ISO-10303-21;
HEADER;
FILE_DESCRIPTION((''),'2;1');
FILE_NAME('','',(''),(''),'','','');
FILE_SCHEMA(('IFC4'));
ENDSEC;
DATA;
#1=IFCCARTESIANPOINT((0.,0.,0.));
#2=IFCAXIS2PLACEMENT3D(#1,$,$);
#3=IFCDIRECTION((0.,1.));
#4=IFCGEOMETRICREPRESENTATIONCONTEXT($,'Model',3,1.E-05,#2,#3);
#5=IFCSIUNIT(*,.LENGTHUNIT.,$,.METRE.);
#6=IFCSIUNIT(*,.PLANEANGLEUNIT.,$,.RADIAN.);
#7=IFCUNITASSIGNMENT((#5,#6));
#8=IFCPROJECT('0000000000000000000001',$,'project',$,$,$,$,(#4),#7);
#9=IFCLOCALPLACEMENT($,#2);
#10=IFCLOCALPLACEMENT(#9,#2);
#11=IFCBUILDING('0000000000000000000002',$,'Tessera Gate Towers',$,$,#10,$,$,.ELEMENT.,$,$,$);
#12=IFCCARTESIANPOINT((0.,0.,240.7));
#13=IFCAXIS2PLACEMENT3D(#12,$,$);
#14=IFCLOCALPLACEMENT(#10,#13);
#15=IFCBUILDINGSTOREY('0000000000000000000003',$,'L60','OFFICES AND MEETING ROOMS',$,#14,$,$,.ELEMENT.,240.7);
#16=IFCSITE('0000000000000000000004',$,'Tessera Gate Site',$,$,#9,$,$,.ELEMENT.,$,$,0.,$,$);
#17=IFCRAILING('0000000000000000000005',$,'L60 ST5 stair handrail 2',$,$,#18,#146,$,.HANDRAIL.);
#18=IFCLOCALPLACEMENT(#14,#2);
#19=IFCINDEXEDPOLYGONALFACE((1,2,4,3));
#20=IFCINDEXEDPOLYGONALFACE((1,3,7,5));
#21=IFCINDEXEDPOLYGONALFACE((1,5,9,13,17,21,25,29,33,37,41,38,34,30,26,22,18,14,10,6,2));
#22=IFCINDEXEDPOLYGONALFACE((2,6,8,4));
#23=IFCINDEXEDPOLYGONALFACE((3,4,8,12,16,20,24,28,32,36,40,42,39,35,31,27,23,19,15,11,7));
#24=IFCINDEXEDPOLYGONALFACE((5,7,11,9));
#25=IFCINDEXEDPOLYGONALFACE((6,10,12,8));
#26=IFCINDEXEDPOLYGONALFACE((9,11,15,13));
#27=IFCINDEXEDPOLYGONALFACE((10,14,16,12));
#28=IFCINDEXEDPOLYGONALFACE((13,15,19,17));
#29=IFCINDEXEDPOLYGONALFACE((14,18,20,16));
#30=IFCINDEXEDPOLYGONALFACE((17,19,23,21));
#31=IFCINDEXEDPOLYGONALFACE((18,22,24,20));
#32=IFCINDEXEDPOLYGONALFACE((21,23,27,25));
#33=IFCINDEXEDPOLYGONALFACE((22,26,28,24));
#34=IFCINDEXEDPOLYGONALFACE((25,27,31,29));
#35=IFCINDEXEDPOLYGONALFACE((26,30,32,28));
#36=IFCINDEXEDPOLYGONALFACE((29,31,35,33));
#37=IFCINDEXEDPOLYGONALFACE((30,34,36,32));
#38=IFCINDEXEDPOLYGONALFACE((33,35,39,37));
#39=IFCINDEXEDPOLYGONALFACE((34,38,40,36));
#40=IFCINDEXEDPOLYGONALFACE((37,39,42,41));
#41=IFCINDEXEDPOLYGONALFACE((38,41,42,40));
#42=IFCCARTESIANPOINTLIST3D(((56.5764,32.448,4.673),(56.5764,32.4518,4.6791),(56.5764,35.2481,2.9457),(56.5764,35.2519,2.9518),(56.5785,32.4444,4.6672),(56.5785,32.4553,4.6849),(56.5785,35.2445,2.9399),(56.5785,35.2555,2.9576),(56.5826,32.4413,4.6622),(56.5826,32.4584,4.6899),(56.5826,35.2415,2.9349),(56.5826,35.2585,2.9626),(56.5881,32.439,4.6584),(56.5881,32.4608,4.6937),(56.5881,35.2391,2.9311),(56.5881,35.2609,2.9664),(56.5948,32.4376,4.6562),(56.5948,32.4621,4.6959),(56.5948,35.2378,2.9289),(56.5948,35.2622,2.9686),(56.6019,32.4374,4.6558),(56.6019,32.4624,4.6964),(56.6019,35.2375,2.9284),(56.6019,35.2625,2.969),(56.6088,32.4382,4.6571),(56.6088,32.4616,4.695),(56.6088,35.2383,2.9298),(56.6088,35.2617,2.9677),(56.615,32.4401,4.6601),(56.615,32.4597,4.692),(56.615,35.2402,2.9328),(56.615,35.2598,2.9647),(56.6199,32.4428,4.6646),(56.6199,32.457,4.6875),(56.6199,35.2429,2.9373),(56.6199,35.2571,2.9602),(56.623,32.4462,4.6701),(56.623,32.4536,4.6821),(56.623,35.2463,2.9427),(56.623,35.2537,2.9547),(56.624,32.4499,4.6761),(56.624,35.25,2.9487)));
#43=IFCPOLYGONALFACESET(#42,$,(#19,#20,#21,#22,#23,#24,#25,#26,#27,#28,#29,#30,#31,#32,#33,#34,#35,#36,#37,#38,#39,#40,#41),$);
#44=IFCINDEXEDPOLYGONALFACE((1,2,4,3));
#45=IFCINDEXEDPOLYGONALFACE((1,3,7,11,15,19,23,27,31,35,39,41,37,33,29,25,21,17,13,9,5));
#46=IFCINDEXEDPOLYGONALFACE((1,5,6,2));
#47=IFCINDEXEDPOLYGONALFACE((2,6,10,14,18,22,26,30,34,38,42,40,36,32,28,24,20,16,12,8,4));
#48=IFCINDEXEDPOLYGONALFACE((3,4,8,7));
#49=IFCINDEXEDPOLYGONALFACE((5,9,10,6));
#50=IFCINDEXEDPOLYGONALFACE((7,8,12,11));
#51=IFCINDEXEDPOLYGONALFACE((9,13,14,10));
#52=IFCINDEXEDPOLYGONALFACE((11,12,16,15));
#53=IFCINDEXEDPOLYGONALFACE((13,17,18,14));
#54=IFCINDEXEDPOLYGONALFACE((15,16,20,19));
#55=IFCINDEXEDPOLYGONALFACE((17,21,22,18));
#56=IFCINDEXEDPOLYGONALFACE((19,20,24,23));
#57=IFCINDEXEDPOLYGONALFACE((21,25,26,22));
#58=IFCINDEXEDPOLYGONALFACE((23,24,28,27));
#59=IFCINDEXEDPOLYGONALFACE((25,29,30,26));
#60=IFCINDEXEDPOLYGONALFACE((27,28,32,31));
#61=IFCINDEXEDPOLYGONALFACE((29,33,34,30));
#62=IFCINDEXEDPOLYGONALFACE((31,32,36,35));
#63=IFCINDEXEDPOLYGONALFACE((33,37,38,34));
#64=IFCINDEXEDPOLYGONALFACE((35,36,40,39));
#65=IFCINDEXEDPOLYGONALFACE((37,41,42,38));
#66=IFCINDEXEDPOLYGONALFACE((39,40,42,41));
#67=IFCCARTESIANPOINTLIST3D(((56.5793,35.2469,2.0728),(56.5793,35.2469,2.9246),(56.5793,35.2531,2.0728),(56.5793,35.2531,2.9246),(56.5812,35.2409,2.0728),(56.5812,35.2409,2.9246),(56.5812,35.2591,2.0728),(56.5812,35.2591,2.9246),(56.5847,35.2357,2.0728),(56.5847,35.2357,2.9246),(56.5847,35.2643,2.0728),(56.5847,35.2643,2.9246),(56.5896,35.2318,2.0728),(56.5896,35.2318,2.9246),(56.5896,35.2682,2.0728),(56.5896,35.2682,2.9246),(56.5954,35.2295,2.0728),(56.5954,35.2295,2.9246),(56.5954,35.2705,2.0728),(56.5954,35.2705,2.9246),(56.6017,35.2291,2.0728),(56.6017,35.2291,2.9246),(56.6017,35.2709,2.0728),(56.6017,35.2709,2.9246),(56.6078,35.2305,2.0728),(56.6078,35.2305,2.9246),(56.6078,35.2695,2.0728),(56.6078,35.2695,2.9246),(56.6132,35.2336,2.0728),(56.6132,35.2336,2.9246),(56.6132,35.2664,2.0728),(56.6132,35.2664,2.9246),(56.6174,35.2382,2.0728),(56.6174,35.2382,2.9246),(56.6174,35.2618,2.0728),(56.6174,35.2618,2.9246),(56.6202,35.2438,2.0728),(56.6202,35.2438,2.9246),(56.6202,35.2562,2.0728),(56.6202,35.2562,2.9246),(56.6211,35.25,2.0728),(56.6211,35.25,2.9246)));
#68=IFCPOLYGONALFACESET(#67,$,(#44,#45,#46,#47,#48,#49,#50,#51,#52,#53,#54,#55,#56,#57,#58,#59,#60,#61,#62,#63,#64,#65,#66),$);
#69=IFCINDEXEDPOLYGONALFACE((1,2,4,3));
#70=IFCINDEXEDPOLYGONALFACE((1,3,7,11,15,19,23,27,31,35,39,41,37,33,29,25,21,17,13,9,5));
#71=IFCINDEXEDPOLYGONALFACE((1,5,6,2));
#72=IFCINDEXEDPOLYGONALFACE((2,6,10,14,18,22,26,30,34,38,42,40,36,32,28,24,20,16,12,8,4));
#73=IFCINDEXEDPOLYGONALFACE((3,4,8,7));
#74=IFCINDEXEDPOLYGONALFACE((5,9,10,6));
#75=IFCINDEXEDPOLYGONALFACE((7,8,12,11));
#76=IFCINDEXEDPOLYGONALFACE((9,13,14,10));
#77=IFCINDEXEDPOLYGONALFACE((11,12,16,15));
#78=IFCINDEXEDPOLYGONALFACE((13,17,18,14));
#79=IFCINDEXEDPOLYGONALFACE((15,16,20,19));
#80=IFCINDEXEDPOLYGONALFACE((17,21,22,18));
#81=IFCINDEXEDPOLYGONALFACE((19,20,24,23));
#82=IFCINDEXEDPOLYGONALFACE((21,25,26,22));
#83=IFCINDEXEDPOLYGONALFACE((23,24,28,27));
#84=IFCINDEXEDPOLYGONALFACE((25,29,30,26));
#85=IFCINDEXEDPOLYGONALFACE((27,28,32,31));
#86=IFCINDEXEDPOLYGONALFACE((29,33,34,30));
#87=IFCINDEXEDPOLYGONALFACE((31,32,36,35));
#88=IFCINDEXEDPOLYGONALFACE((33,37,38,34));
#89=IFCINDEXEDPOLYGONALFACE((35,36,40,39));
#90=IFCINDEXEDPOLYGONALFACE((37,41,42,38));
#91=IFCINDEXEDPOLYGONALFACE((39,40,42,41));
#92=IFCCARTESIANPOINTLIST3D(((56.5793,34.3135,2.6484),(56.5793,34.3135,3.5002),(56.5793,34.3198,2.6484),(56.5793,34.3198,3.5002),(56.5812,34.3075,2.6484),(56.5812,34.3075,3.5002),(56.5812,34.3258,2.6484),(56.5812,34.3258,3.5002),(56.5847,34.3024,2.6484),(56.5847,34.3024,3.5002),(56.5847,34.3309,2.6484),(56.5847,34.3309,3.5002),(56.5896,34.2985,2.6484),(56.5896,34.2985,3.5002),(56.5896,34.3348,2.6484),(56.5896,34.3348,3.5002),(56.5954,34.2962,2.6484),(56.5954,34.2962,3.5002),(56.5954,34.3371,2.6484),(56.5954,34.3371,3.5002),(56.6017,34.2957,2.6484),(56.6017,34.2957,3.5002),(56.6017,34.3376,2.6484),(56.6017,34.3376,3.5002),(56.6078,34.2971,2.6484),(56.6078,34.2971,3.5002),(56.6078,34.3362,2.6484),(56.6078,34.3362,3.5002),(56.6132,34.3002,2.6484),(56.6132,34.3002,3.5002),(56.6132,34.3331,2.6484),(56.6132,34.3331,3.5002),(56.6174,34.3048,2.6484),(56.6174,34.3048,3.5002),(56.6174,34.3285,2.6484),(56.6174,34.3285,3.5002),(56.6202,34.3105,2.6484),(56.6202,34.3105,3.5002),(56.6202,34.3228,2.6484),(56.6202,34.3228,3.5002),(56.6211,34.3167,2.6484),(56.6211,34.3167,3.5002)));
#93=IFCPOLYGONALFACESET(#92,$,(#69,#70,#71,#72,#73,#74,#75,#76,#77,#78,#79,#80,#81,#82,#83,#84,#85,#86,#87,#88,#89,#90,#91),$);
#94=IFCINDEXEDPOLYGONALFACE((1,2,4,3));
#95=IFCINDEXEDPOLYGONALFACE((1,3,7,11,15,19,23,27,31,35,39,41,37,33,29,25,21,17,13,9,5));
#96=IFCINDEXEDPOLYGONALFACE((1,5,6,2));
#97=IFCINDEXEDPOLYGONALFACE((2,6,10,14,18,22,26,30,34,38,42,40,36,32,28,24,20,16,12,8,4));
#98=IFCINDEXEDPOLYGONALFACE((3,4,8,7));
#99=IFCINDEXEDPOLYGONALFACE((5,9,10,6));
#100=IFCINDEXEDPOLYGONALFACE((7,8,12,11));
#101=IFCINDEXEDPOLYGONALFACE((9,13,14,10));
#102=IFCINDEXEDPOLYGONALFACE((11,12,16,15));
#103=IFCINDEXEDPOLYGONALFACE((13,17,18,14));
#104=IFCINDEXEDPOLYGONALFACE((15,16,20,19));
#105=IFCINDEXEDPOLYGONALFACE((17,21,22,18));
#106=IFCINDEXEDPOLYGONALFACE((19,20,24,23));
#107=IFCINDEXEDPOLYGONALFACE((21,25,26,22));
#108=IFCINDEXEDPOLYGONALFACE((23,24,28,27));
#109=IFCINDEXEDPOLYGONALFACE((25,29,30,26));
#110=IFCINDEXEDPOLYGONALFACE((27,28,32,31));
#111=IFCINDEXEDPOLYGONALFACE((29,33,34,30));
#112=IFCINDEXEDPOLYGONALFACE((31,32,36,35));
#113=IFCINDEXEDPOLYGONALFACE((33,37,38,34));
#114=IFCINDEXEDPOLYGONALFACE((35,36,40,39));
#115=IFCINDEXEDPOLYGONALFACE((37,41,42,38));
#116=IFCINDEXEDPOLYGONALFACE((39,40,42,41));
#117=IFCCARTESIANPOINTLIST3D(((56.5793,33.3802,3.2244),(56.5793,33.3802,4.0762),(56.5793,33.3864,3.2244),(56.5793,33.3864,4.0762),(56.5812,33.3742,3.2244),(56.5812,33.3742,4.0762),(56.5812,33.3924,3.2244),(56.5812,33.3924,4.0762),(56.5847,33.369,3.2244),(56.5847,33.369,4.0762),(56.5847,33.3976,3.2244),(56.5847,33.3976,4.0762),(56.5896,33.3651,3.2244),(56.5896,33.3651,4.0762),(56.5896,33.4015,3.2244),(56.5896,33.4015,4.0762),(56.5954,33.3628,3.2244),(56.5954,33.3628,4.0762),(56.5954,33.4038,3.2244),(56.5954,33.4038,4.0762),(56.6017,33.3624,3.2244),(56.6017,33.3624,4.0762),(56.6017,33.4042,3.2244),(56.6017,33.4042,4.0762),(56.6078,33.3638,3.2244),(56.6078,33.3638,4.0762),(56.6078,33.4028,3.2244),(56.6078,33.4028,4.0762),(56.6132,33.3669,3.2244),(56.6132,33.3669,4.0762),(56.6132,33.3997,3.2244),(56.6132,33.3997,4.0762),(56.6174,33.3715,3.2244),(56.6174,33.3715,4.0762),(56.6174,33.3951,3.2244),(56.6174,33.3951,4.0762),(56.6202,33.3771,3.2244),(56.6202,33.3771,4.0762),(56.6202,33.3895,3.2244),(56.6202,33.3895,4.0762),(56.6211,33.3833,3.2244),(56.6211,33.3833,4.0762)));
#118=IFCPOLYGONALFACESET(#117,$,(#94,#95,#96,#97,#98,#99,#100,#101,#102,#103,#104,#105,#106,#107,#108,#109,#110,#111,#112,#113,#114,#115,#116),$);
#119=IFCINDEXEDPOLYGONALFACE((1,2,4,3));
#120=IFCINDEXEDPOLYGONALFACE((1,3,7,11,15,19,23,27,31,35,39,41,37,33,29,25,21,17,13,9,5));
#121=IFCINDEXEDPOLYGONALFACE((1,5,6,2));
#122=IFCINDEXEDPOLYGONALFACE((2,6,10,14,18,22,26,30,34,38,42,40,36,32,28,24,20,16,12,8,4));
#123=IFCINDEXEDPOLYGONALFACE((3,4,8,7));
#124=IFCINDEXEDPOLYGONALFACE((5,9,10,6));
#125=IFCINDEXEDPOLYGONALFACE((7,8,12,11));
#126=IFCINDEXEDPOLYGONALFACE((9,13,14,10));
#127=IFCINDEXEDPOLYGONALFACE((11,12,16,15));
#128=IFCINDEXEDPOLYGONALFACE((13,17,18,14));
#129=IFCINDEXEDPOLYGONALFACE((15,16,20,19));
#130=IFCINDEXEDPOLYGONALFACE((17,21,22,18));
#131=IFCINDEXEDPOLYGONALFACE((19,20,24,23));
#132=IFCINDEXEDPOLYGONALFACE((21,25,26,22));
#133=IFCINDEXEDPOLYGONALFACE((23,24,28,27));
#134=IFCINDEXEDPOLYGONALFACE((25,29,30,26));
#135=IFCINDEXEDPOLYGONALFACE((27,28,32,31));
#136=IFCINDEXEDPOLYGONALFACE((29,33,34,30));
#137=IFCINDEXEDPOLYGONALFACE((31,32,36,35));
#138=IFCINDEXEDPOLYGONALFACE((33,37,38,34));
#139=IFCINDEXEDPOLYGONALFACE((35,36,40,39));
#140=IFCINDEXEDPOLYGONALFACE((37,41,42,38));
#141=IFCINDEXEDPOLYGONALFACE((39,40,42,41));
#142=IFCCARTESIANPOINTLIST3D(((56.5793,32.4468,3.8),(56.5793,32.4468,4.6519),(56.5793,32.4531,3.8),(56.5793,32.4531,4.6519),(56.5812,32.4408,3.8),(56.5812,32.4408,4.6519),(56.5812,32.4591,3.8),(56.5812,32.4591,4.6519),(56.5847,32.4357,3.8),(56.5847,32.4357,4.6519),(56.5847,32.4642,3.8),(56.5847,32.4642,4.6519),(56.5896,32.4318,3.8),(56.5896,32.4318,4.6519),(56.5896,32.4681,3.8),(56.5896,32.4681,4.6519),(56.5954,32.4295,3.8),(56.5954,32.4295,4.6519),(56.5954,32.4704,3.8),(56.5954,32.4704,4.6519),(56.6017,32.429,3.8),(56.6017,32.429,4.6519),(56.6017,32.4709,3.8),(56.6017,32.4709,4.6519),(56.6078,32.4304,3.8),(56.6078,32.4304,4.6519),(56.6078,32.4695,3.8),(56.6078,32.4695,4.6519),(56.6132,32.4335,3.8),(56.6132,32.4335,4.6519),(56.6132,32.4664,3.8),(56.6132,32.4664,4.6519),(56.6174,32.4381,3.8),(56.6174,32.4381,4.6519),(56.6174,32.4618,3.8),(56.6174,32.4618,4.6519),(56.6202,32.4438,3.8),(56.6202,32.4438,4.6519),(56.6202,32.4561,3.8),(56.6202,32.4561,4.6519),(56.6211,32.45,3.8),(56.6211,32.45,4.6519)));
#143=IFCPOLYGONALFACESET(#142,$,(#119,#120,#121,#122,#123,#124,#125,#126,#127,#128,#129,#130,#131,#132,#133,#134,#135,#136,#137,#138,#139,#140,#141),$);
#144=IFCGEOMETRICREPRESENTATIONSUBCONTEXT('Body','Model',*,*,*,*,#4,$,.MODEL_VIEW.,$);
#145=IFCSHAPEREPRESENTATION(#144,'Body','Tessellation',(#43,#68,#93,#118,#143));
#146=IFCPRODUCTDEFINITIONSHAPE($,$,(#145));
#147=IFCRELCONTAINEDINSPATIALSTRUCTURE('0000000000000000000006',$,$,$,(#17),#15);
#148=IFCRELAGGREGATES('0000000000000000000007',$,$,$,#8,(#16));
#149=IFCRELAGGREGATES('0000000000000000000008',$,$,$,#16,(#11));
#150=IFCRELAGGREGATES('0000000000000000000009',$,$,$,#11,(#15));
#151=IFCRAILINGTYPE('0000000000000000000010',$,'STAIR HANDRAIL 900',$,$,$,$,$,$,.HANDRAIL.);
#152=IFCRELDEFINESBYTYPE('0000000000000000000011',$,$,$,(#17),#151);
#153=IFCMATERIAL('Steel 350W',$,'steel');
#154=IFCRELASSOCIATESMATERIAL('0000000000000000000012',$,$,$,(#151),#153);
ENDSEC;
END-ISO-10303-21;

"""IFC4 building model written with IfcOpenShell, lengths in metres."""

from ifc_helpers import new_model, si_unit, direction, frame, origin, origin_2d, place, context, subcontext, project, spatial, circle, extrude, material, type_object, element, save


model = new_model("IFC4")

# Units and contexts
model_context = context("Model", 3, precision=1e-05, world=origin(), true_north=direction((0.0, 1.0)))
body_context = subcontext(model_context, "Body", "Model", "MODEL_VIEW")
ifc_project = project(units=[si_unit("LENGTHUNIT", "METRE"), si_unit("PLANEANGLEUNIT", "RADIAN")], contexts=[model_context])

# Site, building, storey
site_placement = place(None, origin())
site = spatial("IfcSite", under=ifc_project, at=site_placement, Name="Tessera Gate Site", CompositionType="ELEMENT", RefElevation=0.0)
building_placement = place(site_placement, origin())
building = spatial("IfcBuilding", under=site, at=building_placement, Name="Tessera Gate Towers", CompositionType="ELEMENT")
storey_placement = place(building_placement, frame((0.0, 0.0, 240.7)))
storey = spatial("IfcBuildingStorey", under=building, at=storey_placement, Name="L60", Description="OFFICES AND MEETING ROOMS", CompositionType="ELEMENT", Elevation=240.7)

# Railing
ifc_material_1 = material(Name="Steel 350W", Category="steel")
railing_type_1 = type_object("IfcRailingType", Name="STAIR HANDRAIL 900", PredefinedType="HANDRAIL", material=ifc_material_1)
railing_1_placement = place(storey_placement, frame((56.6001, 35.25, 2.0728)))
element("IfcRailing", 1, at=railing_1_placement, inside=storey, type_object=railing_type_1, Name="L60 ST5 stair handrail 2", PredefinedType="HANDRAIL", context=body_context, shape_type="SweptSolid", body=[
    extrude(circle(Radius=0.0239, at=origin_2d()), frame((0.0, 0.0, 0.876), z_axis=(0.0, -0.85109, 0.52502), x_axis=(1.0, 0.0, 0.0)), (0.0, 0.0, 1.0), 3.29),
    extrude(circle(Radius=0.021, at=origin_2d()), origin(), (0.0, 0.0, 1.0), 0.8518),
    extrude(circle(Radius=0.021, at=origin_2d()), frame((0.0, -0.9333, 0.5757)), (0.0, 0.0, 1.0), 0.8518),
    extrude(circle(Radius=0.021, at=origin_2d()), frame((0.0, -1.8667, 1.1516)), (0.0, 0.0, 1.0), 0.8518),
    extrude(circle(Radius=0.021, at=origin_2d()), frame((0.0, -2.8, 1.7273)), (0.0, 0.0, 1.0), 0.8518),
])

save(model, "model.ifc")
